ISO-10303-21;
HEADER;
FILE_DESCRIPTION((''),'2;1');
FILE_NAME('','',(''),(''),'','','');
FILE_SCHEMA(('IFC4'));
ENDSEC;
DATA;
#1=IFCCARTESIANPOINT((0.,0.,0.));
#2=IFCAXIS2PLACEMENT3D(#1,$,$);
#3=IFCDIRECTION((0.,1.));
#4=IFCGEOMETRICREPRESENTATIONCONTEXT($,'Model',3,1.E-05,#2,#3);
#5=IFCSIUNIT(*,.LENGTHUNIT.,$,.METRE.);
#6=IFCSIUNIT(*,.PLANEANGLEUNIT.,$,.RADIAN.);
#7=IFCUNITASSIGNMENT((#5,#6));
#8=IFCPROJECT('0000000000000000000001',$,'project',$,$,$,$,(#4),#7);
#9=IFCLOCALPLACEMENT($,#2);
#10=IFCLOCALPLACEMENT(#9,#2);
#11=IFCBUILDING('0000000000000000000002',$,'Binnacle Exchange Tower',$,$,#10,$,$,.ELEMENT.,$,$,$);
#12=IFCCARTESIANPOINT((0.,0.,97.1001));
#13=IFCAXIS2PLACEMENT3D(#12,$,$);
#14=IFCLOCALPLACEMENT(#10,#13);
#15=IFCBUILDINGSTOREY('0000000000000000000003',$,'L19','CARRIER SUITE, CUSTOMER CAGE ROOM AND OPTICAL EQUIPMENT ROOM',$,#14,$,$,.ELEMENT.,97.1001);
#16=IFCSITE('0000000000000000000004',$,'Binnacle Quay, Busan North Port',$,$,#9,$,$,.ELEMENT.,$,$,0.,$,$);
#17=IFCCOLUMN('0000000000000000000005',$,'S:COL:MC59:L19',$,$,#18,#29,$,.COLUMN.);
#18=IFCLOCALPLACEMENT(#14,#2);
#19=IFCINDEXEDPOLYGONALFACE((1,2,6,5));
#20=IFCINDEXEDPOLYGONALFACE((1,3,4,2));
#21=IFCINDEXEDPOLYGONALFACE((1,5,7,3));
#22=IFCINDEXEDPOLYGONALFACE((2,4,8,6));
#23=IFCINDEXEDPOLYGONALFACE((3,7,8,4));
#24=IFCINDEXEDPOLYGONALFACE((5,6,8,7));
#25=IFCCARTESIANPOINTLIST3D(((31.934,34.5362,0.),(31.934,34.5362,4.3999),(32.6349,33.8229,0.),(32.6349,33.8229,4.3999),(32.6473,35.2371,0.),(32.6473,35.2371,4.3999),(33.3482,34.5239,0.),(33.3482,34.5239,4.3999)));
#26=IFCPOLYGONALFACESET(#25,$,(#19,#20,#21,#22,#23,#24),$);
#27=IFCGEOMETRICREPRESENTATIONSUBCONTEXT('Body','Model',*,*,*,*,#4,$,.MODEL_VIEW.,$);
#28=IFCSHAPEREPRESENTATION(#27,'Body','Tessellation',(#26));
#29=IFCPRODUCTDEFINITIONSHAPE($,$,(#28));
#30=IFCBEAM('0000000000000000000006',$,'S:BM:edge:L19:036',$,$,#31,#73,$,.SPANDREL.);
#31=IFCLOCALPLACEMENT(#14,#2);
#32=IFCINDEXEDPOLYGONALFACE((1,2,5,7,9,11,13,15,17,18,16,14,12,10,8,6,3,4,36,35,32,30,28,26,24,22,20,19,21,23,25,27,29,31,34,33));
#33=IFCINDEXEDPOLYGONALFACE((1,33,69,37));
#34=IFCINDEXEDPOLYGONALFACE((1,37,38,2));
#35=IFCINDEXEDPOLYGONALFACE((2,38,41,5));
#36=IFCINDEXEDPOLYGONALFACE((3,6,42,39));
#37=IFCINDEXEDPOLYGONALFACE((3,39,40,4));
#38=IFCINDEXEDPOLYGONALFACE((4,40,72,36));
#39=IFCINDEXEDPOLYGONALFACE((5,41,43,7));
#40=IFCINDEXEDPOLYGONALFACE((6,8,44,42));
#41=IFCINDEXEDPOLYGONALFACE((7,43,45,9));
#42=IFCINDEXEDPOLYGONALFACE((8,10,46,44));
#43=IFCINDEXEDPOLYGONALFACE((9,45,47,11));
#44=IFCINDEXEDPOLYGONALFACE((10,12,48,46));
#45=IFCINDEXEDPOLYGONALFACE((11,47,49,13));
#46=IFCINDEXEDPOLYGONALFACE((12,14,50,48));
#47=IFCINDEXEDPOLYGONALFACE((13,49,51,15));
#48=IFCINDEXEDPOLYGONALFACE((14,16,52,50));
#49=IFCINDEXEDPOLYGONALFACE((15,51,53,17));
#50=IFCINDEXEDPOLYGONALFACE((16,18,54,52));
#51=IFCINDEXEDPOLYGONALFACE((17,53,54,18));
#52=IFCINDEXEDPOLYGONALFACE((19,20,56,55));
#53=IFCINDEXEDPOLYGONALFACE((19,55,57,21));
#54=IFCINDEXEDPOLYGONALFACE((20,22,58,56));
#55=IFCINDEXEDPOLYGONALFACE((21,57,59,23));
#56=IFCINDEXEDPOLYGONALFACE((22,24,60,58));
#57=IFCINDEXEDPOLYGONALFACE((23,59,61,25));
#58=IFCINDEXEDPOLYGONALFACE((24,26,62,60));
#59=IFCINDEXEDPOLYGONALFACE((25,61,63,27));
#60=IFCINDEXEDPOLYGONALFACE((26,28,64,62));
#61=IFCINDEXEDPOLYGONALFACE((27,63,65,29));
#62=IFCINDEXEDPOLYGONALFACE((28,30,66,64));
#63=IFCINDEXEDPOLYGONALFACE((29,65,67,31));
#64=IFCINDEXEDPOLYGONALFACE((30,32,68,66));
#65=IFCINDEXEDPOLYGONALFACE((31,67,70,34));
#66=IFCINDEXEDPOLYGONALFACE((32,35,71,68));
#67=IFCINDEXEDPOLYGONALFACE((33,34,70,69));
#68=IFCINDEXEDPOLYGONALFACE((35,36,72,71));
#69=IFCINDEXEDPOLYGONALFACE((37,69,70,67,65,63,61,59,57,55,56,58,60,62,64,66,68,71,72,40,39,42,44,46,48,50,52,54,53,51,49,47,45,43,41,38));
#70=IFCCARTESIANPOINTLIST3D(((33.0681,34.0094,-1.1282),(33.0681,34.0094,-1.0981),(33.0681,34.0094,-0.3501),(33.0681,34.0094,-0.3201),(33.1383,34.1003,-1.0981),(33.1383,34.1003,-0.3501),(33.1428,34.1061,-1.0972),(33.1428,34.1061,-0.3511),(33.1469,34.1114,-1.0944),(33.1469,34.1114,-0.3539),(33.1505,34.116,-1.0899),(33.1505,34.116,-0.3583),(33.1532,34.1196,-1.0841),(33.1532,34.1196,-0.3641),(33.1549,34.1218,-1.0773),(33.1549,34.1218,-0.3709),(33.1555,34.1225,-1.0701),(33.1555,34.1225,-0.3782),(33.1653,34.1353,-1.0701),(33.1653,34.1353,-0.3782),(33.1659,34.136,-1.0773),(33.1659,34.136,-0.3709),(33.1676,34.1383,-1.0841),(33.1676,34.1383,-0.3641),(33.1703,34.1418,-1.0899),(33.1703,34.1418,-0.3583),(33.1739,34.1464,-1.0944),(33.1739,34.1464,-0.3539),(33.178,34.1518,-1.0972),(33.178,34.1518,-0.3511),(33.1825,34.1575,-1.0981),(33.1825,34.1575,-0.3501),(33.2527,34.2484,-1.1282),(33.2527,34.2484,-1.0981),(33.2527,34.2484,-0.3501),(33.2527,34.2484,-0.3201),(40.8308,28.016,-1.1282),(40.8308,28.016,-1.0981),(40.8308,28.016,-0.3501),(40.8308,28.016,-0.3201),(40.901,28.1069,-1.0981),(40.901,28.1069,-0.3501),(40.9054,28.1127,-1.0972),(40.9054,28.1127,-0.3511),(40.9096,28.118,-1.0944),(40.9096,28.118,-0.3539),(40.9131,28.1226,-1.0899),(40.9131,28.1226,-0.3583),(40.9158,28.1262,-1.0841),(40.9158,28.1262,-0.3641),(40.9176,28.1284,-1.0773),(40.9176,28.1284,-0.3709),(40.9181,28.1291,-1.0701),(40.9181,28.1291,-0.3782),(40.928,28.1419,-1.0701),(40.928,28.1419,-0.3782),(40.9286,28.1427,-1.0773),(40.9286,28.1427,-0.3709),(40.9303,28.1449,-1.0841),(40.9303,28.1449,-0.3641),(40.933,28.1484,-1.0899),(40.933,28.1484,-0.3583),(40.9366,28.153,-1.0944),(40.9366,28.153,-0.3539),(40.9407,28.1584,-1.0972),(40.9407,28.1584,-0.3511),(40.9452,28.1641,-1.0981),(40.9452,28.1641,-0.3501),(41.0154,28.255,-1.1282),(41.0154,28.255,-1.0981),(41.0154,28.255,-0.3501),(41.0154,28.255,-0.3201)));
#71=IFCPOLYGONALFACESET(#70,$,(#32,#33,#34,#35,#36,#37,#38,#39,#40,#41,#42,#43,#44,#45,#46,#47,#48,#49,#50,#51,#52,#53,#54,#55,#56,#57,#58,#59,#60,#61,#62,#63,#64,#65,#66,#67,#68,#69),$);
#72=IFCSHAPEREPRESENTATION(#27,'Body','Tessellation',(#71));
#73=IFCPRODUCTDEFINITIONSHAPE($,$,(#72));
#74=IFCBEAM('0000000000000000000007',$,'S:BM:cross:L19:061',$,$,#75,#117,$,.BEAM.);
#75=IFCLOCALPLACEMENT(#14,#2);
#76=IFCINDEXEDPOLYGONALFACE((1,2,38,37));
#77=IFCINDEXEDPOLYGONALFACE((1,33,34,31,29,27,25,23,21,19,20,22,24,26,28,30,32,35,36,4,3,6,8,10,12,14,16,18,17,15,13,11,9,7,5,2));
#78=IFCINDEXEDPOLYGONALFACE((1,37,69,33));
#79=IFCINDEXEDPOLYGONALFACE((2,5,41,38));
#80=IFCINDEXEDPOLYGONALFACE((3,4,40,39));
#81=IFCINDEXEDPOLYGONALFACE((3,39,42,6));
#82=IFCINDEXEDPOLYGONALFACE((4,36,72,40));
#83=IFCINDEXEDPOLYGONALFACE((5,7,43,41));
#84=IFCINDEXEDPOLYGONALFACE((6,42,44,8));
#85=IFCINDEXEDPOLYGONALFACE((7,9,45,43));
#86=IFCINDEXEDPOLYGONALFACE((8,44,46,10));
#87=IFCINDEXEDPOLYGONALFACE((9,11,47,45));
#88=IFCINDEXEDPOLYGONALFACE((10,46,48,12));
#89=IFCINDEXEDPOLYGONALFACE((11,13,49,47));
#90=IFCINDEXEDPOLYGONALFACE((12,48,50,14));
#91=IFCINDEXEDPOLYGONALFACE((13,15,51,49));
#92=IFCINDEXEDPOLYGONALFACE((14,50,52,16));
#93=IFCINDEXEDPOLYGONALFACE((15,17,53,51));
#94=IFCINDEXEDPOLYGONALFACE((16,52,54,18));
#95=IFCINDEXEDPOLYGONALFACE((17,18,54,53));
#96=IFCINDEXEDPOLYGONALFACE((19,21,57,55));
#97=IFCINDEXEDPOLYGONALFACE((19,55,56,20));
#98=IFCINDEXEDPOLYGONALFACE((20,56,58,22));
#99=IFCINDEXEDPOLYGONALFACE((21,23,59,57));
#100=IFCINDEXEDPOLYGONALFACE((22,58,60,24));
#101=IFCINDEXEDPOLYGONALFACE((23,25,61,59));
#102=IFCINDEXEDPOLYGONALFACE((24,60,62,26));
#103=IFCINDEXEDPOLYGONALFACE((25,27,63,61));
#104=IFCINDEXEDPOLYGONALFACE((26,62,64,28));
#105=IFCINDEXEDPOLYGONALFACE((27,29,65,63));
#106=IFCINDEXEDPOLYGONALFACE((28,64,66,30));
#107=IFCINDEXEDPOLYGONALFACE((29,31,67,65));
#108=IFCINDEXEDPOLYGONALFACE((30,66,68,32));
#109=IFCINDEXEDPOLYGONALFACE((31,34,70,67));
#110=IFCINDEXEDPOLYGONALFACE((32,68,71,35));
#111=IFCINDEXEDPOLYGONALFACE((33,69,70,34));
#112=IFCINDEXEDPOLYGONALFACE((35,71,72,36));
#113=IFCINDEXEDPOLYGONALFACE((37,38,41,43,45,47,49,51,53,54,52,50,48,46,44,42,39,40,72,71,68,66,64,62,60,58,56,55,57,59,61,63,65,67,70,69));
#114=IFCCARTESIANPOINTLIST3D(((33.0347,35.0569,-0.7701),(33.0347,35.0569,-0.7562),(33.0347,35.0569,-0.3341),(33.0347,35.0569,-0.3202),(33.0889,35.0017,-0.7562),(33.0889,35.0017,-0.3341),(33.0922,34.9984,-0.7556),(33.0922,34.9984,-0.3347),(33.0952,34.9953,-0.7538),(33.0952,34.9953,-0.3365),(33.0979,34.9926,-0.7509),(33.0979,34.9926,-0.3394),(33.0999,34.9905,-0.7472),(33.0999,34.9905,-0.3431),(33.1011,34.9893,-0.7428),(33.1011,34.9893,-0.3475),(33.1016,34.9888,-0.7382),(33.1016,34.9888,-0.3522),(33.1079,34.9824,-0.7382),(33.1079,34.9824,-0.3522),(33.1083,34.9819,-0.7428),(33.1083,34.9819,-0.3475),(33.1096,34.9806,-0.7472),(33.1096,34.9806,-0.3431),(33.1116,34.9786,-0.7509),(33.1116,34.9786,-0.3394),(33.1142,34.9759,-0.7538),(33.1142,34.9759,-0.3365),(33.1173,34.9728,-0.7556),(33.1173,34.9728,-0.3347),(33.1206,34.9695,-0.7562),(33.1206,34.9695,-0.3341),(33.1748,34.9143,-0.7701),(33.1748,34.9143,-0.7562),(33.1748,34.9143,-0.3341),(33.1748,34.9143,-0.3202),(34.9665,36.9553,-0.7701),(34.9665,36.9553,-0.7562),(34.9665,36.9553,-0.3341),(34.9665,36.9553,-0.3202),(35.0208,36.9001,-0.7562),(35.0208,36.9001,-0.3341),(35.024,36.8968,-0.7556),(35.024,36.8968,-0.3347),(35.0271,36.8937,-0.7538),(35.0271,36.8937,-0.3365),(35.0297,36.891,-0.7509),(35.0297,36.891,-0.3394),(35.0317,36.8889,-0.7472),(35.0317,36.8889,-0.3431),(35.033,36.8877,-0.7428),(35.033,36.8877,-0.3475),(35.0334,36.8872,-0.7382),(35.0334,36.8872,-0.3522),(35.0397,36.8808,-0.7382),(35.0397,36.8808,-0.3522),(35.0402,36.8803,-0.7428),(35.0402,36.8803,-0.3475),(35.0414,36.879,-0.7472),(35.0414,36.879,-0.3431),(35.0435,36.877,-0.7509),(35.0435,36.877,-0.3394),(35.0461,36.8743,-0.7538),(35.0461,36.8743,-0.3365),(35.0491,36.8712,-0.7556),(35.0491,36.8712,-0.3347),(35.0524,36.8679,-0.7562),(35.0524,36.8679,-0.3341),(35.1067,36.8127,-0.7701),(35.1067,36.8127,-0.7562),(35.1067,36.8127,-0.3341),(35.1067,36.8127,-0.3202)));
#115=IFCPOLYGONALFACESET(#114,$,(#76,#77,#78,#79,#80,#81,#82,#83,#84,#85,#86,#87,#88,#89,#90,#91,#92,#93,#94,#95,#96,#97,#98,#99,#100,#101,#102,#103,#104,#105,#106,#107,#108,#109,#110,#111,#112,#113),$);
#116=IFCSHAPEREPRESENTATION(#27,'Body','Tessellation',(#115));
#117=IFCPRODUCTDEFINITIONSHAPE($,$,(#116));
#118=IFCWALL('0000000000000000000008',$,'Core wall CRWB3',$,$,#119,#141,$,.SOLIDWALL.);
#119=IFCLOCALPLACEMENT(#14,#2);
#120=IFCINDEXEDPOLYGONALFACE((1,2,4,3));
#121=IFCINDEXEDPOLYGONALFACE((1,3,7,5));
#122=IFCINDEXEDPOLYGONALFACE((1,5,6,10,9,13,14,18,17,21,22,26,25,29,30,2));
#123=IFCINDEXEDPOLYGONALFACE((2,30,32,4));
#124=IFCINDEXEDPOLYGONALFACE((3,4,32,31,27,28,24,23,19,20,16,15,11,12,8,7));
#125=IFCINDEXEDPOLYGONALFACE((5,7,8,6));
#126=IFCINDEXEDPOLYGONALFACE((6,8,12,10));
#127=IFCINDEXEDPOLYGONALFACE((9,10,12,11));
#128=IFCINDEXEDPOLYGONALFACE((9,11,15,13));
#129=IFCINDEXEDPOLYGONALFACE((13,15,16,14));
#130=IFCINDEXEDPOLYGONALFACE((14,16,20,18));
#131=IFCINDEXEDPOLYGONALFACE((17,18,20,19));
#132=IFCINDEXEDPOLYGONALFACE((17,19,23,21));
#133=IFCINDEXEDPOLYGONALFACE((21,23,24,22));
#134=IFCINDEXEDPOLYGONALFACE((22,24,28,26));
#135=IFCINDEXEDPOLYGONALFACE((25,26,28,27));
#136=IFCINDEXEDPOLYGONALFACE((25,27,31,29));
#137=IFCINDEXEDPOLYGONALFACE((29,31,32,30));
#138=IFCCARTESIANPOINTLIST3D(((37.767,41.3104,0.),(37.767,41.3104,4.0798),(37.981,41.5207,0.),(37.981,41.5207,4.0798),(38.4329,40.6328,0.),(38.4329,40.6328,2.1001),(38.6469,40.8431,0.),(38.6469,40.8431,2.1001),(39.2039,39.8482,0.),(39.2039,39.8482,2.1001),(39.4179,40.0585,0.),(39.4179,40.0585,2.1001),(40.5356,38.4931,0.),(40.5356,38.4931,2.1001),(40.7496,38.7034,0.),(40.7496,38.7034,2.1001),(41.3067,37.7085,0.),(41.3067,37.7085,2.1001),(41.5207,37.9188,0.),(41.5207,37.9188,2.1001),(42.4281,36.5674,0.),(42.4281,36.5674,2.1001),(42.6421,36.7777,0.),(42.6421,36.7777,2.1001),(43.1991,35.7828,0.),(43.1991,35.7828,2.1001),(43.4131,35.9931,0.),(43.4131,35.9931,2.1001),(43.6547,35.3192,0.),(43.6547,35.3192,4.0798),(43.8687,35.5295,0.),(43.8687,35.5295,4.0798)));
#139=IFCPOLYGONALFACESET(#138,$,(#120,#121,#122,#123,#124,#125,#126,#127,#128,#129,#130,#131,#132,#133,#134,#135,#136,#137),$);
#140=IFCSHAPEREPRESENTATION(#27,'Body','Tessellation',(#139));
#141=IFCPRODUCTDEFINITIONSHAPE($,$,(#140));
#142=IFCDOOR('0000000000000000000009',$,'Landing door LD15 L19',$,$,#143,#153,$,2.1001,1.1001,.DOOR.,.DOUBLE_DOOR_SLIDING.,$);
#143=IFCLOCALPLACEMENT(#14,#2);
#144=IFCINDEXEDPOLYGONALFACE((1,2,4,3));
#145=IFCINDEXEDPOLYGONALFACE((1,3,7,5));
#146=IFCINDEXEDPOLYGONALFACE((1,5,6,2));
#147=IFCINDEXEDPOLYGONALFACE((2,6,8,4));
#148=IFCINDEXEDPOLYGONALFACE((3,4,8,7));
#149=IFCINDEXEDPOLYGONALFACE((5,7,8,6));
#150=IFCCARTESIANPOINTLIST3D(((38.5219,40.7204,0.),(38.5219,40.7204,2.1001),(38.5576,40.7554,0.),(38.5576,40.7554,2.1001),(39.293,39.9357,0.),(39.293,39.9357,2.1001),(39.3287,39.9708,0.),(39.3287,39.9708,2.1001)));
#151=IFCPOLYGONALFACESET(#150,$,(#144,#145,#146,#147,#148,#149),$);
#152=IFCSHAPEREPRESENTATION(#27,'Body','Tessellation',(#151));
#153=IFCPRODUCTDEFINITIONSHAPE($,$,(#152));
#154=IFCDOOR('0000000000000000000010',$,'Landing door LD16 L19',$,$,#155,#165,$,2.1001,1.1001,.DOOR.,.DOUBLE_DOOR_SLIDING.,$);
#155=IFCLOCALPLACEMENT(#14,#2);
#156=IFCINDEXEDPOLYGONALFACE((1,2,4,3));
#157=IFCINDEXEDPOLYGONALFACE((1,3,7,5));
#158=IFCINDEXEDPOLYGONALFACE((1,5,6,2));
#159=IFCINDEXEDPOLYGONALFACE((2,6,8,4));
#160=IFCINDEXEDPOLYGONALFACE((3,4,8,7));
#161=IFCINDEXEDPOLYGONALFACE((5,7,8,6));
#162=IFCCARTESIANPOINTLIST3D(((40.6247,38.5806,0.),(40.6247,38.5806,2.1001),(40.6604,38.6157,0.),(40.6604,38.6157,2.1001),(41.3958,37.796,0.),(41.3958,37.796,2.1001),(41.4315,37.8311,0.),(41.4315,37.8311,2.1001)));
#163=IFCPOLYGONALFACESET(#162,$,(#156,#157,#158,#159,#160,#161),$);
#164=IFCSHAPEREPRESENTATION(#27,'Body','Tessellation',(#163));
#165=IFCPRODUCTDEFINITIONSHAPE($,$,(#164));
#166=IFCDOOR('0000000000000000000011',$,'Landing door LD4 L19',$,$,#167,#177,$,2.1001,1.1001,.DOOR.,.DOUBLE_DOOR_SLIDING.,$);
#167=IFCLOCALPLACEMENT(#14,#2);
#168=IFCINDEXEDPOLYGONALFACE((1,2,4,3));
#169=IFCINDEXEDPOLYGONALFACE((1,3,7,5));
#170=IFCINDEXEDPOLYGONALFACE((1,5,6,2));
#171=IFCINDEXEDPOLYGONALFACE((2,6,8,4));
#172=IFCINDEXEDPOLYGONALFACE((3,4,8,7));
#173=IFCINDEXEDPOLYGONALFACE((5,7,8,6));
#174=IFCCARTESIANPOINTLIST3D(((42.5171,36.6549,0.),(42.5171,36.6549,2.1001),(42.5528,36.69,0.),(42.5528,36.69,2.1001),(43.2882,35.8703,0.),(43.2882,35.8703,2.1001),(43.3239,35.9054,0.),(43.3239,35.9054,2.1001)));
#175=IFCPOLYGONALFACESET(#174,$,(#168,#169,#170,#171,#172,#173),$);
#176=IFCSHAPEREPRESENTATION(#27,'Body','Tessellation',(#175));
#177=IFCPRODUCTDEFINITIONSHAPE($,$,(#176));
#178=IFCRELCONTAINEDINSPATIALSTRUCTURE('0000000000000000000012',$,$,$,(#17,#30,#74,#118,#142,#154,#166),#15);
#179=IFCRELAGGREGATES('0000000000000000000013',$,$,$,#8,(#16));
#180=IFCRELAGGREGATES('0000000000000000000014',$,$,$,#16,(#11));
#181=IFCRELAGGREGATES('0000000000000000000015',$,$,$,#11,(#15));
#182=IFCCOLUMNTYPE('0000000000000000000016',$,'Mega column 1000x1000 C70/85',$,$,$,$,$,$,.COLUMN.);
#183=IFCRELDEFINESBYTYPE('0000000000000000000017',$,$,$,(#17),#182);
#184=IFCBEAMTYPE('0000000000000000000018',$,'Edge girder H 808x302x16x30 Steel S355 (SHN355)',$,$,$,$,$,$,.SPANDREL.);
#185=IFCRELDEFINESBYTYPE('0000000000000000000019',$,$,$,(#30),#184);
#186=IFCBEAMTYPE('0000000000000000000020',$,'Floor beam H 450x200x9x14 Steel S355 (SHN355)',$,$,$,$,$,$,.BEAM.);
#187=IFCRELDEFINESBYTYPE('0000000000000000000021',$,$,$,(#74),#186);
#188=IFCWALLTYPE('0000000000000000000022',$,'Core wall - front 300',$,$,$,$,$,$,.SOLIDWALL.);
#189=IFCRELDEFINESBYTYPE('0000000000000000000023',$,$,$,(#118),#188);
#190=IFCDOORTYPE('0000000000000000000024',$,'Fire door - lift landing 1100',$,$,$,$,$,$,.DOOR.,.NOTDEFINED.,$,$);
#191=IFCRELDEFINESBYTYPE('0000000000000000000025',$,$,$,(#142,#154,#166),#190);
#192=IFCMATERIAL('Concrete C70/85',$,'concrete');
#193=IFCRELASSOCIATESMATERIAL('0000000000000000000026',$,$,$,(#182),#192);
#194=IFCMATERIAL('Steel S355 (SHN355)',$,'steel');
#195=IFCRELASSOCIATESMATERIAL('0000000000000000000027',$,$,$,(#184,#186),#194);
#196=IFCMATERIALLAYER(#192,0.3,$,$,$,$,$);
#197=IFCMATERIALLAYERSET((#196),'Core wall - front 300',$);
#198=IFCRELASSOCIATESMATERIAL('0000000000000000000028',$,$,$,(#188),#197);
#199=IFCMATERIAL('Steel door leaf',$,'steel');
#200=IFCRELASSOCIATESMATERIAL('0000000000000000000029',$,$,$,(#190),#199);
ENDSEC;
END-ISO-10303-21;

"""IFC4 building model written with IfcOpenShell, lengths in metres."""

from ifc_helpers import new_model, si_unit, direction, frame, frame_2d, origin, origin_2d, place, context, subcontext, project, spatial, rectangle, i_section, extrude, material, layer, layer_set, material_profile, profile_set, type_object, element, fill, save


model = new_model("IFC4")

# Units and contexts
model_context = context("Model", 3, precision=1e-05, world=origin(), true_north=direction((0.0, 1.0)))
body_context = subcontext(model_context, "Body", "Model", "MODEL_VIEW")
ifc_project = project(units=[si_unit("LENGTHUNIT", "METRE"), si_unit("PLANEANGLEUNIT", "RADIAN")], contexts=[model_context])

# Site, building, storey
site_placement = place(None, origin())
site = spatial("IfcSite", under=ifc_project, at=site_placement, Name="Binnacle Quay, Busan North Port", CompositionType="ELEMENT", RefElevation=0.0)
building_placement = place(site_placement, origin())
building = spatial("IfcBuilding", under=site, at=building_placement, Name="Binnacle Exchange Tower", CompositionType="ELEMENT")
storey_placement = place(building_placement, frame((0.0, 0.0, 97.1001)))
storey = spatial("IfcBuildingStorey", under=building, at=storey_placement, Name="L19", Description="CARRIER SUITE, CUSTOMER CAGE ROOM AND OPTICAL EQUIPMENT ROOM", CompositionType="ELEMENT", Elevation=97.1001)

# Column
ifc_material_1 = material(Name="Concrete C70/85", Category="concrete")
ifc_material_profile_1 = material_profile(ifc_material_1, rectangle(XDim=1.0, YDim=1.0, at=origin_2d()), Name="Mega column 1000x1000 C70/85")
ifc_profile_set_1 = profile_set([ifc_material_profile_1], Name="Concrete C70/85")
column_type = type_object("IfcColumnType", Name="Mega column 1000x1000 C70/85", PredefinedType="COLUMN", material=ifc_profile_set_1)
column_placement = place(storey_placement, frame((32.6411, 34.53, 0.0), z_axis=(0.0, 0.0, 1.0), x_axis=(0.700909, -0.71325, 0.0)))
element("IfcColumn", 1, at=column_placement, inside=storey, type_object=column_type, Name="S:COL:MC59:L19", PredefinedType="COLUMN", context=body_context, shape_type="SweptSolid", body=[
    extrude(rectangle(XDim=1.0, YDim=1.0, at=origin_2d()), origin(), (0.0, 0.0, 1.0), 4.3999),
])

# Beams
ifc_material_2 = material(Name="Steel S355 (SHN355)", Category="steel")
ifc_material_profile_2 = material_profile(ifc_material_2, i_section(OverallWidth=0.302, OverallDepth=0.8081, WebThickness=0.0161, FlangeThickness=0.03, FilletRadius=0.0281, at=origin_2d()), Name="H 808x302x16x30")
ifc_profile_set_2 = profile_set([ifc_material_profile_2], Name="Steel S355 (SHN355)")
beam_type_1 = type_object("IfcBeamType", Name="Edge girder H 808x302x16x30 Steel S355 (SHN355)", PredefinedType="SPANDREL", material=ifc_profile_set_2)
beam_1_placement = place(storey_placement, frame((33.1604, 34.1289, -0.7241), z_axis=(0.791533, -0.611126, 0.0), x_axis=(0.611126, 0.791533, 0.0)))
element("IfcBeam", 2, at=beam_1_placement, inside=storey, type_object=beam_type_1, Name="S:BM:edge:L19:036", PredefinedType="SPANDREL", context=body_context, shape_type="SweptSolid", body=[
    extrude(i_section(OverallWidth=0.302, OverallDepth=0.8081, WebThickness=0.0161, FlangeThickness=0.03, FilletRadius=0.0281, at=origin_2d()), origin(), (0.0, 0.0, 1.0), 9.8071),
])
ifc_material_profile_3 = material_profile(ifc_material_2, i_section(OverallWidth=0.2, OverallDepth=0.45, WebThickness=0.009, FlangeThickness=0.0139, FilletRadius=0.0181, at=origin_2d()), Name="H 450x200x9x14")
ifc_profile_set_3 = profile_set([ifc_material_profile_3], Name="Steel S355 (SHN355)")
beam_type_2 = type_object("IfcBeamType", Name="Floor beam H 450x200x9x14 Steel S355 (SHN355)", PredefinedType="BEAM", material=ifc_profile_set_3)
beam_2_placement = place(storey_placement, frame((33.1047, 34.9856, -0.5452), z_axis=(0.713254, 0.700905, 0.0), x_axis=(-0.700905, 0.713254, 0.0)))
element("IfcBeam", 3, at=beam_2_placement, inside=storey, type_object=beam_type_2, Name="S:BM:cross:L19:061", PredefinedType="BEAM", context=body_context, shape_type="SweptSolid", body=[
    extrude(i_section(OverallWidth=0.2, OverallDepth=0.45, WebThickness=0.009, FlangeThickness=0.0139, FilletRadius=0.0181, at=origin_2d()), origin(), (0.0, 0.0, 1.0), 2.7085),
])

# Wall, openings, doors
ifc_layer_1 = layer(ifc_material_1, 0.3)
ifc_layer_set_1 = layer_set([ifc_layer_1], Name="Core wall - front 300")
wall_type_1 = type_object("IfcWallType", Name="Core wall - front 300", PredefinedType="SOLIDWALL", material=ifc_layer_set_1)
wall_1_placement = place(storey_placement, frame((37.874, 41.4155, 0.0), z_axis=(0.0, 0.0, 1.0), x_axis=(0.700918, -0.713242, 0.0)))
wall_1 = element("IfcWall", 4, at=wall_1_placement, inside=storey, type_object=wall_type_1, Name="Core wall CRWB3", PredefinedType="SOLIDWALL", context=body_context, shape_type="SweptSolid", body=[
    extrude(rectangle(XDim=8.3999, YDim=0.3, at=frame_2d((4.2, 0.0))), origin(), (0.0, 0.0, 1.0), 4.0798),
])
opening_1_placement = place(wall_1_placement, frame((0.95, 0.0, 0.0)))
opening_1 = element("IfcOpeningElement", 5, at=opening_1_placement, cuts=wall_1, PredefinedType="OPENING", context=body_context, shape_type="SweptSolid", body=[
    extrude(rectangle(XDim=1.1001, YDim=2.1001, at=frame_2d((0.55, 1.05))), frame((0.0, 0.1599, 0.0), z_axis=(0.0, -1.0, 0.0), x_axis=(1.0, 0.0, 0.0)), (0.0, 0.0, 1.0), 0.3201),
])
opening_2_placement = place(wall_1_placement, frame((3.95, 0.0, 0.0)))
opening_2 = element("IfcOpeningElement", 6, at=opening_2_placement, cuts=wall_1, PredefinedType="OPENING", context=body_context, shape_type="SweptSolid", body=[
    extrude(rectangle(XDim=1.1001, YDim=2.1001, at=frame_2d((0.55, 1.05))), frame((0.0, 0.1599, 0.0), z_axis=(0.0, -1.0, 0.0), x_axis=(1.0, 0.0, 0.0)), (0.0, 0.0, 1.0), 0.3201),
])
opening_3_placement = place(wall_1_placement, frame((6.6499, 0.0, 0.0)))
opening_3 = element("IfcOpeningElement", 7, at=opening_3_placement, cuts=wall_1, PredefinedType="OPENING", context=body_context, shape_type="SweptSolid", body=[
    extrude(rectangle(XDim=1.1001, YDim=2.1001, at=frame_2d((0.55, 1.05))), frame((0.0, 0.1599, 0.0), z_axis=(0.0, -1.0, 0.0), x_axis=(1.0, 0.0, 0.0)), (0.0, 0.0, 1.0), 0.3201),
])
ifc_material_3 = material(Name="Steel door leaf", Category="steel")
door_type_1 = type_object("IfcDoorType", Name="Fire door - lift landing 1100", OperationType="NOTDEFINED", PredefinedType="DOOR", material=ifc_material_3)
door_1_placement = place(opening_1_placement, origin())
door_1 = element("IfcDoor", 8, at=door_1_placement, inside=storey, type_object=door_type_1, Name="Landing door LD15 L19", OperationType="DOUBLE_DOOR_SLIDING", OverallHeight=2.1001, OverallWidth=1.1001, PredefinedType="DOOR", context=body_context, shape_type="SweptSolid", body=[
    extrude(rectangle(XDim=1.1001, YDim=2.1001, at=frame_2d((0.55, 1.05))), frame((0.0, 0.0249, 0.0), z_axis=(0.0, -1.0, 0.0), x_axis=(1.0, 0.0, 0.0)), (0.0, 0.0, 1.0), 0.05),
])
fill(opening_1, door_1)
door_2_placement = place(opening_2_placement, origin())
door_2 = element("IfcDoor", 9, at=door_2_placement, inside=storey, type_object=door_type_1, Name="Landing door LD16 L19", OperationType="DOUBLE_DOOR_SLIDING", OverallHeight=2.1001, OverallWidth=1.1001, PredefinedType="DOOR", context=body_context, shape_type="SweptSolid", body=[
    extrude(rectangle(XDim=1.1001, YDim=2.1001, at=frame_2d((0.55, 1.05))), frame((0.0, 0.0249, 0.0), z_axis=(0.0, -1.0, 0.0), x_axis=(1.0, 0.0, 0.0)), (0.0, 0.0, 1.0), 0.05),
])
fill(opening_2, door_2)
door_3_placement = place(opening_3_placement, origin())
door_3 = element("IfcDoor", 10, at=door_3_placement, inside=storey, type_object=door_type_1, Name="Landing door LD4 L19", OperationType="DOUBLE_DOOR_SLIDING", OverallHeight=2.1001, OverallWidth=1.1001, PredefinedType="DOOR", context=body_context, shape_type="SweptSolid", body=[
    extrude(rectangle(XDim=1.1001, YDim=2.1001, at=frame_2d((0.55, 1.05))), frame((0.0, 0.0249, 0.0), z_axis=(0.0, -1.0, 0.0), x_axis=(1.0, 0.0, 0.0)), (0.0, 0.0, 1.0), 0.05),
])
fill(opening_3, door_3)

save(model, "model.ifc")
